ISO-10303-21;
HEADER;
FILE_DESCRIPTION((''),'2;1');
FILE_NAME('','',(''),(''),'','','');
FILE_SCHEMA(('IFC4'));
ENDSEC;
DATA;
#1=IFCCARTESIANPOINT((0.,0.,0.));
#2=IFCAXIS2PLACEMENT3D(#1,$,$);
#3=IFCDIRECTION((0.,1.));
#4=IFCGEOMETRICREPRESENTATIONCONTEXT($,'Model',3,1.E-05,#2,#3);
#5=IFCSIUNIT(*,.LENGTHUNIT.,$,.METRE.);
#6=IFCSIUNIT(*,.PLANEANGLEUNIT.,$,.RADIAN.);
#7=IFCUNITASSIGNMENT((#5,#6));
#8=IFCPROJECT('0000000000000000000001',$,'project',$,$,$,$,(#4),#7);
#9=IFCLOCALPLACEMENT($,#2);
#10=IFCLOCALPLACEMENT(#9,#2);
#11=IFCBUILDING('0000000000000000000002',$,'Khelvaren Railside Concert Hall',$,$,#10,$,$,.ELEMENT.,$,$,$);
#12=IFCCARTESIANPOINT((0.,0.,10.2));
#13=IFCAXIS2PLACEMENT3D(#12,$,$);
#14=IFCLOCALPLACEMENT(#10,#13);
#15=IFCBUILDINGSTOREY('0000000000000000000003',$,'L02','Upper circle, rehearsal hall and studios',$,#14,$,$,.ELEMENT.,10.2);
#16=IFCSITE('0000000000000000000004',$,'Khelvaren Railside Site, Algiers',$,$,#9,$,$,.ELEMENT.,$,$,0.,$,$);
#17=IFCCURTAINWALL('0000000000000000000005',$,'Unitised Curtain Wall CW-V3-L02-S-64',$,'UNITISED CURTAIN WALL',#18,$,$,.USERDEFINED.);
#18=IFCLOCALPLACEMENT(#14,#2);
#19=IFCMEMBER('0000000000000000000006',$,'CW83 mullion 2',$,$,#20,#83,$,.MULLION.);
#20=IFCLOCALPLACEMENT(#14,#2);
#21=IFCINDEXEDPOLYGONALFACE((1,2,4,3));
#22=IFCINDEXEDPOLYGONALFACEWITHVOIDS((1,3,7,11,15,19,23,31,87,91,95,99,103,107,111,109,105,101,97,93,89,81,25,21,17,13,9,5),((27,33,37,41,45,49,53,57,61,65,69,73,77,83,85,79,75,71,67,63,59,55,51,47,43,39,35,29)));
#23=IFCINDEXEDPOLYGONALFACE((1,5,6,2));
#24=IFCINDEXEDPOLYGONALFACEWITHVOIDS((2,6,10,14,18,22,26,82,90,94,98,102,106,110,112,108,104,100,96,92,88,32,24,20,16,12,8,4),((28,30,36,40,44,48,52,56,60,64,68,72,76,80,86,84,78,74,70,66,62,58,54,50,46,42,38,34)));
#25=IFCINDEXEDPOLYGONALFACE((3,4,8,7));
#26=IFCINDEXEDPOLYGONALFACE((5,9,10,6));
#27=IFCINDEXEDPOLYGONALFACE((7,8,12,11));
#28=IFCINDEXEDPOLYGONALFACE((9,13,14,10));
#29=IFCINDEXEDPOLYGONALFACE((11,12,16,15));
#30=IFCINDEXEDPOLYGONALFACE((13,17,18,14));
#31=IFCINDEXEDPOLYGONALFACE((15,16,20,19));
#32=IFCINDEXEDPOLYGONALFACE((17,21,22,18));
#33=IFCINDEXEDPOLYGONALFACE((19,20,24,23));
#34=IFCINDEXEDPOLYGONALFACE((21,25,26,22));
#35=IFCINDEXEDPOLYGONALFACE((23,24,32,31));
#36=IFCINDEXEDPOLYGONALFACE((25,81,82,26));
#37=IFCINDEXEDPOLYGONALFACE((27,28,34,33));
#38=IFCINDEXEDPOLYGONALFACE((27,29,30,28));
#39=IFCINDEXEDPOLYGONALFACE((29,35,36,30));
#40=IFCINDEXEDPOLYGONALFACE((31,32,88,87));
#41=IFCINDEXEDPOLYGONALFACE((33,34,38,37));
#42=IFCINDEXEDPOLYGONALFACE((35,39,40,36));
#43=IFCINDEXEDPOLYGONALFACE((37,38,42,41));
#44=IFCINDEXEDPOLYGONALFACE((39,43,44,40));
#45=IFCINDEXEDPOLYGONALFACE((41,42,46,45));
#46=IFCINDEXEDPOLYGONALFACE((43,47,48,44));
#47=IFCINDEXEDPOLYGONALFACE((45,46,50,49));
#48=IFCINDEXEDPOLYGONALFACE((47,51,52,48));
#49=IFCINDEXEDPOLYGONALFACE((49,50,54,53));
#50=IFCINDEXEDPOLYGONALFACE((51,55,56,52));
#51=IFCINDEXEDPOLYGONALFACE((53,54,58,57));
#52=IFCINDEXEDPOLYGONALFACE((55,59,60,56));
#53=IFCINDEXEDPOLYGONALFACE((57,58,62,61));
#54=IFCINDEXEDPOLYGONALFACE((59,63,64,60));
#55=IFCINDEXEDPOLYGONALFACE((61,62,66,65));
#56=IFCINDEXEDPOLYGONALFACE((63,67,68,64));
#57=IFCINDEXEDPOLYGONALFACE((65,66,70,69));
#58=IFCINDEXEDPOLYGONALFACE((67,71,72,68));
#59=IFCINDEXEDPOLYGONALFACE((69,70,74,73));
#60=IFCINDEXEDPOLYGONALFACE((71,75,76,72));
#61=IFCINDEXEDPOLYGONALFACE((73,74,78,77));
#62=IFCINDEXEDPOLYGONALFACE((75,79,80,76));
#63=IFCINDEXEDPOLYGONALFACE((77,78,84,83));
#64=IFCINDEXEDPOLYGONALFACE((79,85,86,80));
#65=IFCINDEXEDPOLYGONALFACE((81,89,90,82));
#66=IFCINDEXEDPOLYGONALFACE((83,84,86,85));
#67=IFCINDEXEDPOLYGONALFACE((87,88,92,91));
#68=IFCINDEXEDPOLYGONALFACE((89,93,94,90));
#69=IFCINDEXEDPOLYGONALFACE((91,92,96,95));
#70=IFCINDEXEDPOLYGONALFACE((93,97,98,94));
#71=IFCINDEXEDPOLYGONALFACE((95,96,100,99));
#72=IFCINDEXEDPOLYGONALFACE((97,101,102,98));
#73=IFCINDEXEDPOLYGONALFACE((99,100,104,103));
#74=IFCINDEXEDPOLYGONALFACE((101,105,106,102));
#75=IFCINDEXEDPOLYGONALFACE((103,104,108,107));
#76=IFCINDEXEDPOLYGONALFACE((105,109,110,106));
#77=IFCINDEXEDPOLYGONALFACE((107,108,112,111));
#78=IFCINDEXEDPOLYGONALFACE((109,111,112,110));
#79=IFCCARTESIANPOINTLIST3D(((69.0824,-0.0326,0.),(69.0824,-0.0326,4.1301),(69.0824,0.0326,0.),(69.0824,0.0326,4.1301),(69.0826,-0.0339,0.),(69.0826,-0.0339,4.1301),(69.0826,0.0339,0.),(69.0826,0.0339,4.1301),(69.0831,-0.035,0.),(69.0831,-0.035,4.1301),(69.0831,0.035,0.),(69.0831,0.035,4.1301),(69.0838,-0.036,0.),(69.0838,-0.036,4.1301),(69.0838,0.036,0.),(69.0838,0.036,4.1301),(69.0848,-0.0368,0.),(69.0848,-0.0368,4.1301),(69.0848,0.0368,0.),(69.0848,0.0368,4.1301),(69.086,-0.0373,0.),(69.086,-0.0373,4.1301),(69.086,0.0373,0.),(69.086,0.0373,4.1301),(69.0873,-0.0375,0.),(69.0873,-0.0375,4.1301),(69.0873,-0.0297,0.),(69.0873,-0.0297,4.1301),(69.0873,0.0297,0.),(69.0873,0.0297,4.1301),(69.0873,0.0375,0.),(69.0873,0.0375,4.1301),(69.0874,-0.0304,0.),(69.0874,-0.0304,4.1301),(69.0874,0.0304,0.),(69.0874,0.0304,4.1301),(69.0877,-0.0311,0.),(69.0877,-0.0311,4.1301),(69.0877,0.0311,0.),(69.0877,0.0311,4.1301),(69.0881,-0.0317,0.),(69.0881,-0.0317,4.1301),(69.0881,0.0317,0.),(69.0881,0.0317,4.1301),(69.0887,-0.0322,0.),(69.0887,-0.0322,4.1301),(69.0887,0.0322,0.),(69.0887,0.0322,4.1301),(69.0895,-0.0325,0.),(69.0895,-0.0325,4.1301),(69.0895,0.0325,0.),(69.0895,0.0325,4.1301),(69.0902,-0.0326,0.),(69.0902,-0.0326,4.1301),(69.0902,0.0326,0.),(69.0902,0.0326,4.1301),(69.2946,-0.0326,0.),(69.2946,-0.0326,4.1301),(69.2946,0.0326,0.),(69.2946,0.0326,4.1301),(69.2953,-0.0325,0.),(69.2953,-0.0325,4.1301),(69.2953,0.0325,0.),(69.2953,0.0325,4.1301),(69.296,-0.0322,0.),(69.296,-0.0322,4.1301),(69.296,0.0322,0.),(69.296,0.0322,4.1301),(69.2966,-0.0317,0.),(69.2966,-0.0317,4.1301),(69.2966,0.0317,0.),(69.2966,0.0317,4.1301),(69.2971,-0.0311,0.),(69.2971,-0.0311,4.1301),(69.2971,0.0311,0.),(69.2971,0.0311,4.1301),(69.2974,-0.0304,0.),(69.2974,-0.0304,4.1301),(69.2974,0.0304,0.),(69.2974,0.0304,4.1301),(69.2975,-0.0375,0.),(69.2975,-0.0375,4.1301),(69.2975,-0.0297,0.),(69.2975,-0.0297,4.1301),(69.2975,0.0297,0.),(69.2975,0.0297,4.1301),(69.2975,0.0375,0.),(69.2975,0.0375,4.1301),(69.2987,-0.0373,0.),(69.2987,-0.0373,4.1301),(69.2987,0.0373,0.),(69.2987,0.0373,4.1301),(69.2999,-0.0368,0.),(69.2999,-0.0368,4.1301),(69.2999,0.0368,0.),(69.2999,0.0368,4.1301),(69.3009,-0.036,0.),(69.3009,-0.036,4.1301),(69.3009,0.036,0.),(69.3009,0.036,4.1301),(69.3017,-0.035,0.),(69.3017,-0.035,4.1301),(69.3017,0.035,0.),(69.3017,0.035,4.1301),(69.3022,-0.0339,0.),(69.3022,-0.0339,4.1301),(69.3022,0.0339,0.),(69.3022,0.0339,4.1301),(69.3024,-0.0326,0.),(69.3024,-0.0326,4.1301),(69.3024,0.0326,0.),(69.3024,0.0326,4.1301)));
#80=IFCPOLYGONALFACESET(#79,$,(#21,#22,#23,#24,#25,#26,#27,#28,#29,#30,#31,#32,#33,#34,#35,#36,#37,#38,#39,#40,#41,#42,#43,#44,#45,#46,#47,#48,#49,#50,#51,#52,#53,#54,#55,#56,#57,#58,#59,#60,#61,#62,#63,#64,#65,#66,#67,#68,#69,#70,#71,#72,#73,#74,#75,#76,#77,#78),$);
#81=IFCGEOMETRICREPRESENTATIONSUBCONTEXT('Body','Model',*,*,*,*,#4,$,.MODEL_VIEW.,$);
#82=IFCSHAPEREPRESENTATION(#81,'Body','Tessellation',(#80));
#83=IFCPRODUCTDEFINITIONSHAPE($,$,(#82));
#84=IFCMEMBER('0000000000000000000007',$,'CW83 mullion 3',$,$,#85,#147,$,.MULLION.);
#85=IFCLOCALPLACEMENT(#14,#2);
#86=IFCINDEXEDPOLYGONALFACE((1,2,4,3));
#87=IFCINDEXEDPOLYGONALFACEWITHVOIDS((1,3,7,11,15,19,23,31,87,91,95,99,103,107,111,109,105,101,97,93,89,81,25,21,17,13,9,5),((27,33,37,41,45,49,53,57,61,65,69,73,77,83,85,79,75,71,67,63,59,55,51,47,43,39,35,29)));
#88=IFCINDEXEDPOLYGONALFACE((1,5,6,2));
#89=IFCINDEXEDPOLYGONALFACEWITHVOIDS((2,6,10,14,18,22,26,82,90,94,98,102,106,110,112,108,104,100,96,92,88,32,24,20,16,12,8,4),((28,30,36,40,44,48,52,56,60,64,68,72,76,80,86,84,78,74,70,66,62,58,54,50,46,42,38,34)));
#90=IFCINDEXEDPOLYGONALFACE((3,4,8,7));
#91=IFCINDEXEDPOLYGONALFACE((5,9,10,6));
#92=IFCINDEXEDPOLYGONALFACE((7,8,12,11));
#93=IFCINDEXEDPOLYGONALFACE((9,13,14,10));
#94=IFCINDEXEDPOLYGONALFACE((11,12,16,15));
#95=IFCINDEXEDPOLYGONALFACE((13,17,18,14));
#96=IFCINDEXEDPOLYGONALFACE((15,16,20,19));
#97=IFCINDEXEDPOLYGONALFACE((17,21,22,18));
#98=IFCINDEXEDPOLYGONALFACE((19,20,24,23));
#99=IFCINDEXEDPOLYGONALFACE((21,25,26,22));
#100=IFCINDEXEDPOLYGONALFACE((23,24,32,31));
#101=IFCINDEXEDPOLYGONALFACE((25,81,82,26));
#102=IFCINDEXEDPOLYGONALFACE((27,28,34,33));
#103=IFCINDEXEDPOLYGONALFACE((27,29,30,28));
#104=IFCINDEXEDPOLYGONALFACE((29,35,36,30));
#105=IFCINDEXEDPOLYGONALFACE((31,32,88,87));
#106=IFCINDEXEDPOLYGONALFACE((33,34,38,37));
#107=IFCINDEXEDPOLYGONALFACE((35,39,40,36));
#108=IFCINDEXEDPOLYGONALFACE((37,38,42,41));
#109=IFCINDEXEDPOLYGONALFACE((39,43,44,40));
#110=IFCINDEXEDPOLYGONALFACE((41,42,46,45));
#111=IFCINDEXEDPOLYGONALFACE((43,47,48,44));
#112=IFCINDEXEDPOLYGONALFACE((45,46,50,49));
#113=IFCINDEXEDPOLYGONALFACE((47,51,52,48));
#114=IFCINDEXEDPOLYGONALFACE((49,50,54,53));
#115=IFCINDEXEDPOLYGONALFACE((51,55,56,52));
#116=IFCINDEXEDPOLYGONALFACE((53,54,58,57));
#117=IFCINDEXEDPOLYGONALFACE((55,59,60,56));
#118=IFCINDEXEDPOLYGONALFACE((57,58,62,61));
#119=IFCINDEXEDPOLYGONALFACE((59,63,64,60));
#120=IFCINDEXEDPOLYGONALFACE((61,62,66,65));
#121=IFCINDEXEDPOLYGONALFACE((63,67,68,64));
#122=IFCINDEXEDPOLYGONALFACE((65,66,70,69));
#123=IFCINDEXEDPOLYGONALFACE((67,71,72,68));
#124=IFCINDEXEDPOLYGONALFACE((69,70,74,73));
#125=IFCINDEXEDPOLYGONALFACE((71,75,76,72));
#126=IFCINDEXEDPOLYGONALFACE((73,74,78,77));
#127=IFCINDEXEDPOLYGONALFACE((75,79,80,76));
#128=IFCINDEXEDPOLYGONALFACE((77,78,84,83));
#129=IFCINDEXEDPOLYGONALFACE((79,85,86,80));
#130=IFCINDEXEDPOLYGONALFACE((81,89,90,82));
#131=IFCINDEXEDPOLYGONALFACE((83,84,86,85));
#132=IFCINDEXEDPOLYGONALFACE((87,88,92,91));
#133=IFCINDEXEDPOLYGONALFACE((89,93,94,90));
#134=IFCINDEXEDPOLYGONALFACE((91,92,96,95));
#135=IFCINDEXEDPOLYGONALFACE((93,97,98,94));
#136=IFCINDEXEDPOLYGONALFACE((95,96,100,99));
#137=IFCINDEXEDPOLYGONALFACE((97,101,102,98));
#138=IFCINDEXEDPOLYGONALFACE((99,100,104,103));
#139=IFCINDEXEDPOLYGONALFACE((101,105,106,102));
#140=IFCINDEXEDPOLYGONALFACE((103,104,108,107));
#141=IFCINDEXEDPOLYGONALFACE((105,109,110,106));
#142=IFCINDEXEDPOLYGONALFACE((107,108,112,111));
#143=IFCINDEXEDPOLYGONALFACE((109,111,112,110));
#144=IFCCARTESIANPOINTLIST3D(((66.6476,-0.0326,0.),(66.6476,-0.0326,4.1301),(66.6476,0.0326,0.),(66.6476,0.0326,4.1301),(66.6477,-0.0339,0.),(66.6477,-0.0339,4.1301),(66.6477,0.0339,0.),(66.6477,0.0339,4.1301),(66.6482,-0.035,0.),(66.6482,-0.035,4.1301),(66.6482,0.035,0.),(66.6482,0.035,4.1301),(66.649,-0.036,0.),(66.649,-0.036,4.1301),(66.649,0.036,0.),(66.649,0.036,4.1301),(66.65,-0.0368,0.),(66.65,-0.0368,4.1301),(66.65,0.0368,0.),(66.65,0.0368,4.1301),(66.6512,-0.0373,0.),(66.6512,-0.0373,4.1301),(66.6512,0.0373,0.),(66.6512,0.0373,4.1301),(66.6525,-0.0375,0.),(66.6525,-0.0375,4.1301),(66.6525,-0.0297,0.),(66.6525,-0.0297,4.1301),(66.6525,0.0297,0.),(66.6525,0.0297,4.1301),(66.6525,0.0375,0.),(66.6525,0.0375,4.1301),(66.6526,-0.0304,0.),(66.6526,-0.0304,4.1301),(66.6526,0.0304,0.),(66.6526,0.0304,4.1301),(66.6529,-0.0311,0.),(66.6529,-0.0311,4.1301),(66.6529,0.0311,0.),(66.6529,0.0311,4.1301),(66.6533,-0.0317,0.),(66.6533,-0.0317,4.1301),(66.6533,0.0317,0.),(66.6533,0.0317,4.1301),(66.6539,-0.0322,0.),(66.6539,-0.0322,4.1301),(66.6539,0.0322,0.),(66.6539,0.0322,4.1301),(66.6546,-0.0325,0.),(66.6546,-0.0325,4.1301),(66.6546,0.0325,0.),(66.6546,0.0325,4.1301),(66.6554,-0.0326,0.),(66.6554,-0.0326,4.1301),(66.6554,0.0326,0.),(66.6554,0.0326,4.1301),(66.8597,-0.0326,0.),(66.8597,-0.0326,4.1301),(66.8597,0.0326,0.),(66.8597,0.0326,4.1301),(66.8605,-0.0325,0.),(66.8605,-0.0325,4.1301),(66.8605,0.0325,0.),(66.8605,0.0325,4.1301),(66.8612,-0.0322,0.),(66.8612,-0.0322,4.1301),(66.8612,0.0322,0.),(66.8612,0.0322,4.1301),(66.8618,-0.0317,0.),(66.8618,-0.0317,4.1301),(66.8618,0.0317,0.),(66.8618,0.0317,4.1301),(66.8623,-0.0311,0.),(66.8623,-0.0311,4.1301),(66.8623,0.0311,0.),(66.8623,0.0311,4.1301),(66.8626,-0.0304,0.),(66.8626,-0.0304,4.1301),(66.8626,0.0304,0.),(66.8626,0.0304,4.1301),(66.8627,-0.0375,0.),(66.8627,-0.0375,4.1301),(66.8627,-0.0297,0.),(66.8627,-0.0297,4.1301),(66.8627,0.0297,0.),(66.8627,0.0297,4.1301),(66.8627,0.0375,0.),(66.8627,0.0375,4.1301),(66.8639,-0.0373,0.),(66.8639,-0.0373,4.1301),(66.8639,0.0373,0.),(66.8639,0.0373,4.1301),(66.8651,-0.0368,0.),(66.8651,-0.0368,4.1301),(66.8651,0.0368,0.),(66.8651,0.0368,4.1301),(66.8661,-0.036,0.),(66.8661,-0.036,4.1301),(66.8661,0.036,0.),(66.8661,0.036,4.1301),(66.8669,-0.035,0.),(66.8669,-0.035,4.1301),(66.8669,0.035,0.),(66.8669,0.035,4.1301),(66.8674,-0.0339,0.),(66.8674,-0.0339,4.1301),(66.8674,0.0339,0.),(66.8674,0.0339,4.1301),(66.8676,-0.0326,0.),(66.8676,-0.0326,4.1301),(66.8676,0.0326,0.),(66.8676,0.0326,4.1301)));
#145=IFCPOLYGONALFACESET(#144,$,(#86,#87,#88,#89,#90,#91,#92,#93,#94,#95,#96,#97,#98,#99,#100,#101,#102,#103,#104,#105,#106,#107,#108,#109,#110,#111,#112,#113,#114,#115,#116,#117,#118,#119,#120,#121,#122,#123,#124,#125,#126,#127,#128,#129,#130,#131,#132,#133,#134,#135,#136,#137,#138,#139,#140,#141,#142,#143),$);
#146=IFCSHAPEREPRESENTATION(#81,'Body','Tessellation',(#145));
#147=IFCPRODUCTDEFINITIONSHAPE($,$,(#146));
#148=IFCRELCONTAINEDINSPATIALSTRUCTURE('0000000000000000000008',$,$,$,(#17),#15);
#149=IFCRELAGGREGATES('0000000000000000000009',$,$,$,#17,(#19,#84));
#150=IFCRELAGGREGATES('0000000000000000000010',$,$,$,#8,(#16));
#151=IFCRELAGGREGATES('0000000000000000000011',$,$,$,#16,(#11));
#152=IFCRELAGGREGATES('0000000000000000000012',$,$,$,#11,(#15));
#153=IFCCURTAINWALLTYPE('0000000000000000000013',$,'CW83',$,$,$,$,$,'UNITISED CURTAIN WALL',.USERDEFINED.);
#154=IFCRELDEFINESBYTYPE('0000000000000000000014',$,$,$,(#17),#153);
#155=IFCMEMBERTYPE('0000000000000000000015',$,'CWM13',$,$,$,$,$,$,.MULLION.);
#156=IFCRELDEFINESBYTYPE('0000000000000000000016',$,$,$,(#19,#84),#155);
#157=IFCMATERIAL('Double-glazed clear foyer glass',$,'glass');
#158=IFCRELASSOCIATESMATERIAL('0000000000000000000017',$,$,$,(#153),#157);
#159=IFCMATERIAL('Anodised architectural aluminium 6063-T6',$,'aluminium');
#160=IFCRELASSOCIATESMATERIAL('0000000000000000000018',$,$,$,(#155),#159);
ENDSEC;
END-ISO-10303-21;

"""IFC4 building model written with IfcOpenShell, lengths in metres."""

from ifc_helpers import new_model, si_unit, direction, frame, origin, origin_2d, place, context, subcontext, project, spatial, hollow_rectangle, extrude, material, material_profile, profile_set, type_object, element, aggregate, save


model = new_model("IFC4")

# Units and contexts
model_context = context("Model", 3, precision=1e-05, world=origin(), true_north=direction((0.0, 1.0)))
body_context = subcontext(model_context, "Body", "Model", "MODEL_VIEW")
ifc_project = project(units=[si_unit("LENGTHUNIT", "METRE"), si_unit("PLANEANGLEUNIT", "RADIAN")], contexts=[model_context])

# Site, building, storey
site_placement = place(None, origin())
site = spatial("IfcSite", under=ifc_project, at=site_placement, Name="Khelvaren Railside Site, Algiers", CompositionType="ELEMENT", RefElevation=0.0)
building_placement = place(site_placement, origin())
building = spatial("IfcBuilding", under=site, at=building_placement, Name="Khelvaren Railside Concert Hall", CompositionType="ELEMENT")
storey_placement = place(building_placement, frame((0.0, 0.0, 10.2)))
storey = spatial("IfcBuildingStorey", under=building, at=storey_placement, Name="L02", Description="Upper circle, rehearsal hall and studios", CompositionType="ELEMENT", Elevation=10.2)

# Curtain wall, members
ifc_material_1 = material(Name="Double-glazed clear foyer glass", Category="glass")
curtain_wall_type = type_object("IfcCurtainWallType", Name="CW83", ElementType="UNITISED CURTAIN WALL", PredefinedType="USERDEFINED", material=ifc_material_1)
curtain_wall_placement = place(storey_placement, origin())
curtain_wall = element("IfcCurtainWall", 1, at=curtain_wall_placement, inside=storey, type_object=curtain_wall_type, Name="Unitised Curtain Wall CW-V3-L02-S-64", ObjectType="UNITISED CURTAIN WALL", PredefinedType="USERDEFINED")
ifc_material_2 = material(Name="Anodised architectural aluminium 6063-T6", Category="aluminium")
ifc_material_profile_1 = material_profile(ifc_material_2, hollow_rectangle(XDim=0.075, YDim=0.22, WallThickness=0.0049, InnerFilletRadius=0.0029, OuterFilletRadius=0.0049, at=origin_2d()), Name="CWM 75x220x5")
ifc_profile_set_1 = profile_set([ifc_material_profile_1], Name="Anodised architectural aluminium 6063-T6")
member_type_1 = type_object("IfcMemberType", Name="CWM13", PredefinedType="MULLION", material=ifc_profile_set_1)
member_1_placement = place(storey_placement, frame((69.1924, 0.0, 0.0), z_axis=(0.0, 0.0, 1.0), x_axis=(0.0, -1.0, 0.0)))
member_1 = element("IfcMember", 2, at=member_1_placement, type_object=member_type_1, Name="CW83 mullion 2", PredefinedType="MULLION", context=body_context, shape_type="SweptSolid", body=[
    extrude(hollow_rectangle(XDim=0.075, YDim=0.22, WallThickness=0.0049, InnerFilletRadius=0.0029, OuterFilletRadius=0.0049, at=origin_2d()), origin(), (0.0, 0.0, 1.0), 4.1301),
])
member_2_placement = place(storey_placement, frame((66.7576, 0.0, 0.0), z_axis=(0.0, 0.0, 1.0), x_axis=(0.0, -1.0, 0.0)))
member_2 = element("IfcMember", 3, at=member_2_placement, type_object=member_type_1, Name="CW83 mullion 3", PredefinedType="MULLION", context=body_context, shape_type="SweptSolid", body=[
    extrude(hollow_rectangle(XDim=0.075, YDim=0.22, WallThickness=0.0049, InnerFilletRadius=0.0029, OuterFilletRadius=0.0049, at=origin_2d()), origin(), (0.0, 0.0, 1.0), 4.1301),
])

aggregate(curtain_wall, [member_1, member_2])

save(model, "model.ifc")
